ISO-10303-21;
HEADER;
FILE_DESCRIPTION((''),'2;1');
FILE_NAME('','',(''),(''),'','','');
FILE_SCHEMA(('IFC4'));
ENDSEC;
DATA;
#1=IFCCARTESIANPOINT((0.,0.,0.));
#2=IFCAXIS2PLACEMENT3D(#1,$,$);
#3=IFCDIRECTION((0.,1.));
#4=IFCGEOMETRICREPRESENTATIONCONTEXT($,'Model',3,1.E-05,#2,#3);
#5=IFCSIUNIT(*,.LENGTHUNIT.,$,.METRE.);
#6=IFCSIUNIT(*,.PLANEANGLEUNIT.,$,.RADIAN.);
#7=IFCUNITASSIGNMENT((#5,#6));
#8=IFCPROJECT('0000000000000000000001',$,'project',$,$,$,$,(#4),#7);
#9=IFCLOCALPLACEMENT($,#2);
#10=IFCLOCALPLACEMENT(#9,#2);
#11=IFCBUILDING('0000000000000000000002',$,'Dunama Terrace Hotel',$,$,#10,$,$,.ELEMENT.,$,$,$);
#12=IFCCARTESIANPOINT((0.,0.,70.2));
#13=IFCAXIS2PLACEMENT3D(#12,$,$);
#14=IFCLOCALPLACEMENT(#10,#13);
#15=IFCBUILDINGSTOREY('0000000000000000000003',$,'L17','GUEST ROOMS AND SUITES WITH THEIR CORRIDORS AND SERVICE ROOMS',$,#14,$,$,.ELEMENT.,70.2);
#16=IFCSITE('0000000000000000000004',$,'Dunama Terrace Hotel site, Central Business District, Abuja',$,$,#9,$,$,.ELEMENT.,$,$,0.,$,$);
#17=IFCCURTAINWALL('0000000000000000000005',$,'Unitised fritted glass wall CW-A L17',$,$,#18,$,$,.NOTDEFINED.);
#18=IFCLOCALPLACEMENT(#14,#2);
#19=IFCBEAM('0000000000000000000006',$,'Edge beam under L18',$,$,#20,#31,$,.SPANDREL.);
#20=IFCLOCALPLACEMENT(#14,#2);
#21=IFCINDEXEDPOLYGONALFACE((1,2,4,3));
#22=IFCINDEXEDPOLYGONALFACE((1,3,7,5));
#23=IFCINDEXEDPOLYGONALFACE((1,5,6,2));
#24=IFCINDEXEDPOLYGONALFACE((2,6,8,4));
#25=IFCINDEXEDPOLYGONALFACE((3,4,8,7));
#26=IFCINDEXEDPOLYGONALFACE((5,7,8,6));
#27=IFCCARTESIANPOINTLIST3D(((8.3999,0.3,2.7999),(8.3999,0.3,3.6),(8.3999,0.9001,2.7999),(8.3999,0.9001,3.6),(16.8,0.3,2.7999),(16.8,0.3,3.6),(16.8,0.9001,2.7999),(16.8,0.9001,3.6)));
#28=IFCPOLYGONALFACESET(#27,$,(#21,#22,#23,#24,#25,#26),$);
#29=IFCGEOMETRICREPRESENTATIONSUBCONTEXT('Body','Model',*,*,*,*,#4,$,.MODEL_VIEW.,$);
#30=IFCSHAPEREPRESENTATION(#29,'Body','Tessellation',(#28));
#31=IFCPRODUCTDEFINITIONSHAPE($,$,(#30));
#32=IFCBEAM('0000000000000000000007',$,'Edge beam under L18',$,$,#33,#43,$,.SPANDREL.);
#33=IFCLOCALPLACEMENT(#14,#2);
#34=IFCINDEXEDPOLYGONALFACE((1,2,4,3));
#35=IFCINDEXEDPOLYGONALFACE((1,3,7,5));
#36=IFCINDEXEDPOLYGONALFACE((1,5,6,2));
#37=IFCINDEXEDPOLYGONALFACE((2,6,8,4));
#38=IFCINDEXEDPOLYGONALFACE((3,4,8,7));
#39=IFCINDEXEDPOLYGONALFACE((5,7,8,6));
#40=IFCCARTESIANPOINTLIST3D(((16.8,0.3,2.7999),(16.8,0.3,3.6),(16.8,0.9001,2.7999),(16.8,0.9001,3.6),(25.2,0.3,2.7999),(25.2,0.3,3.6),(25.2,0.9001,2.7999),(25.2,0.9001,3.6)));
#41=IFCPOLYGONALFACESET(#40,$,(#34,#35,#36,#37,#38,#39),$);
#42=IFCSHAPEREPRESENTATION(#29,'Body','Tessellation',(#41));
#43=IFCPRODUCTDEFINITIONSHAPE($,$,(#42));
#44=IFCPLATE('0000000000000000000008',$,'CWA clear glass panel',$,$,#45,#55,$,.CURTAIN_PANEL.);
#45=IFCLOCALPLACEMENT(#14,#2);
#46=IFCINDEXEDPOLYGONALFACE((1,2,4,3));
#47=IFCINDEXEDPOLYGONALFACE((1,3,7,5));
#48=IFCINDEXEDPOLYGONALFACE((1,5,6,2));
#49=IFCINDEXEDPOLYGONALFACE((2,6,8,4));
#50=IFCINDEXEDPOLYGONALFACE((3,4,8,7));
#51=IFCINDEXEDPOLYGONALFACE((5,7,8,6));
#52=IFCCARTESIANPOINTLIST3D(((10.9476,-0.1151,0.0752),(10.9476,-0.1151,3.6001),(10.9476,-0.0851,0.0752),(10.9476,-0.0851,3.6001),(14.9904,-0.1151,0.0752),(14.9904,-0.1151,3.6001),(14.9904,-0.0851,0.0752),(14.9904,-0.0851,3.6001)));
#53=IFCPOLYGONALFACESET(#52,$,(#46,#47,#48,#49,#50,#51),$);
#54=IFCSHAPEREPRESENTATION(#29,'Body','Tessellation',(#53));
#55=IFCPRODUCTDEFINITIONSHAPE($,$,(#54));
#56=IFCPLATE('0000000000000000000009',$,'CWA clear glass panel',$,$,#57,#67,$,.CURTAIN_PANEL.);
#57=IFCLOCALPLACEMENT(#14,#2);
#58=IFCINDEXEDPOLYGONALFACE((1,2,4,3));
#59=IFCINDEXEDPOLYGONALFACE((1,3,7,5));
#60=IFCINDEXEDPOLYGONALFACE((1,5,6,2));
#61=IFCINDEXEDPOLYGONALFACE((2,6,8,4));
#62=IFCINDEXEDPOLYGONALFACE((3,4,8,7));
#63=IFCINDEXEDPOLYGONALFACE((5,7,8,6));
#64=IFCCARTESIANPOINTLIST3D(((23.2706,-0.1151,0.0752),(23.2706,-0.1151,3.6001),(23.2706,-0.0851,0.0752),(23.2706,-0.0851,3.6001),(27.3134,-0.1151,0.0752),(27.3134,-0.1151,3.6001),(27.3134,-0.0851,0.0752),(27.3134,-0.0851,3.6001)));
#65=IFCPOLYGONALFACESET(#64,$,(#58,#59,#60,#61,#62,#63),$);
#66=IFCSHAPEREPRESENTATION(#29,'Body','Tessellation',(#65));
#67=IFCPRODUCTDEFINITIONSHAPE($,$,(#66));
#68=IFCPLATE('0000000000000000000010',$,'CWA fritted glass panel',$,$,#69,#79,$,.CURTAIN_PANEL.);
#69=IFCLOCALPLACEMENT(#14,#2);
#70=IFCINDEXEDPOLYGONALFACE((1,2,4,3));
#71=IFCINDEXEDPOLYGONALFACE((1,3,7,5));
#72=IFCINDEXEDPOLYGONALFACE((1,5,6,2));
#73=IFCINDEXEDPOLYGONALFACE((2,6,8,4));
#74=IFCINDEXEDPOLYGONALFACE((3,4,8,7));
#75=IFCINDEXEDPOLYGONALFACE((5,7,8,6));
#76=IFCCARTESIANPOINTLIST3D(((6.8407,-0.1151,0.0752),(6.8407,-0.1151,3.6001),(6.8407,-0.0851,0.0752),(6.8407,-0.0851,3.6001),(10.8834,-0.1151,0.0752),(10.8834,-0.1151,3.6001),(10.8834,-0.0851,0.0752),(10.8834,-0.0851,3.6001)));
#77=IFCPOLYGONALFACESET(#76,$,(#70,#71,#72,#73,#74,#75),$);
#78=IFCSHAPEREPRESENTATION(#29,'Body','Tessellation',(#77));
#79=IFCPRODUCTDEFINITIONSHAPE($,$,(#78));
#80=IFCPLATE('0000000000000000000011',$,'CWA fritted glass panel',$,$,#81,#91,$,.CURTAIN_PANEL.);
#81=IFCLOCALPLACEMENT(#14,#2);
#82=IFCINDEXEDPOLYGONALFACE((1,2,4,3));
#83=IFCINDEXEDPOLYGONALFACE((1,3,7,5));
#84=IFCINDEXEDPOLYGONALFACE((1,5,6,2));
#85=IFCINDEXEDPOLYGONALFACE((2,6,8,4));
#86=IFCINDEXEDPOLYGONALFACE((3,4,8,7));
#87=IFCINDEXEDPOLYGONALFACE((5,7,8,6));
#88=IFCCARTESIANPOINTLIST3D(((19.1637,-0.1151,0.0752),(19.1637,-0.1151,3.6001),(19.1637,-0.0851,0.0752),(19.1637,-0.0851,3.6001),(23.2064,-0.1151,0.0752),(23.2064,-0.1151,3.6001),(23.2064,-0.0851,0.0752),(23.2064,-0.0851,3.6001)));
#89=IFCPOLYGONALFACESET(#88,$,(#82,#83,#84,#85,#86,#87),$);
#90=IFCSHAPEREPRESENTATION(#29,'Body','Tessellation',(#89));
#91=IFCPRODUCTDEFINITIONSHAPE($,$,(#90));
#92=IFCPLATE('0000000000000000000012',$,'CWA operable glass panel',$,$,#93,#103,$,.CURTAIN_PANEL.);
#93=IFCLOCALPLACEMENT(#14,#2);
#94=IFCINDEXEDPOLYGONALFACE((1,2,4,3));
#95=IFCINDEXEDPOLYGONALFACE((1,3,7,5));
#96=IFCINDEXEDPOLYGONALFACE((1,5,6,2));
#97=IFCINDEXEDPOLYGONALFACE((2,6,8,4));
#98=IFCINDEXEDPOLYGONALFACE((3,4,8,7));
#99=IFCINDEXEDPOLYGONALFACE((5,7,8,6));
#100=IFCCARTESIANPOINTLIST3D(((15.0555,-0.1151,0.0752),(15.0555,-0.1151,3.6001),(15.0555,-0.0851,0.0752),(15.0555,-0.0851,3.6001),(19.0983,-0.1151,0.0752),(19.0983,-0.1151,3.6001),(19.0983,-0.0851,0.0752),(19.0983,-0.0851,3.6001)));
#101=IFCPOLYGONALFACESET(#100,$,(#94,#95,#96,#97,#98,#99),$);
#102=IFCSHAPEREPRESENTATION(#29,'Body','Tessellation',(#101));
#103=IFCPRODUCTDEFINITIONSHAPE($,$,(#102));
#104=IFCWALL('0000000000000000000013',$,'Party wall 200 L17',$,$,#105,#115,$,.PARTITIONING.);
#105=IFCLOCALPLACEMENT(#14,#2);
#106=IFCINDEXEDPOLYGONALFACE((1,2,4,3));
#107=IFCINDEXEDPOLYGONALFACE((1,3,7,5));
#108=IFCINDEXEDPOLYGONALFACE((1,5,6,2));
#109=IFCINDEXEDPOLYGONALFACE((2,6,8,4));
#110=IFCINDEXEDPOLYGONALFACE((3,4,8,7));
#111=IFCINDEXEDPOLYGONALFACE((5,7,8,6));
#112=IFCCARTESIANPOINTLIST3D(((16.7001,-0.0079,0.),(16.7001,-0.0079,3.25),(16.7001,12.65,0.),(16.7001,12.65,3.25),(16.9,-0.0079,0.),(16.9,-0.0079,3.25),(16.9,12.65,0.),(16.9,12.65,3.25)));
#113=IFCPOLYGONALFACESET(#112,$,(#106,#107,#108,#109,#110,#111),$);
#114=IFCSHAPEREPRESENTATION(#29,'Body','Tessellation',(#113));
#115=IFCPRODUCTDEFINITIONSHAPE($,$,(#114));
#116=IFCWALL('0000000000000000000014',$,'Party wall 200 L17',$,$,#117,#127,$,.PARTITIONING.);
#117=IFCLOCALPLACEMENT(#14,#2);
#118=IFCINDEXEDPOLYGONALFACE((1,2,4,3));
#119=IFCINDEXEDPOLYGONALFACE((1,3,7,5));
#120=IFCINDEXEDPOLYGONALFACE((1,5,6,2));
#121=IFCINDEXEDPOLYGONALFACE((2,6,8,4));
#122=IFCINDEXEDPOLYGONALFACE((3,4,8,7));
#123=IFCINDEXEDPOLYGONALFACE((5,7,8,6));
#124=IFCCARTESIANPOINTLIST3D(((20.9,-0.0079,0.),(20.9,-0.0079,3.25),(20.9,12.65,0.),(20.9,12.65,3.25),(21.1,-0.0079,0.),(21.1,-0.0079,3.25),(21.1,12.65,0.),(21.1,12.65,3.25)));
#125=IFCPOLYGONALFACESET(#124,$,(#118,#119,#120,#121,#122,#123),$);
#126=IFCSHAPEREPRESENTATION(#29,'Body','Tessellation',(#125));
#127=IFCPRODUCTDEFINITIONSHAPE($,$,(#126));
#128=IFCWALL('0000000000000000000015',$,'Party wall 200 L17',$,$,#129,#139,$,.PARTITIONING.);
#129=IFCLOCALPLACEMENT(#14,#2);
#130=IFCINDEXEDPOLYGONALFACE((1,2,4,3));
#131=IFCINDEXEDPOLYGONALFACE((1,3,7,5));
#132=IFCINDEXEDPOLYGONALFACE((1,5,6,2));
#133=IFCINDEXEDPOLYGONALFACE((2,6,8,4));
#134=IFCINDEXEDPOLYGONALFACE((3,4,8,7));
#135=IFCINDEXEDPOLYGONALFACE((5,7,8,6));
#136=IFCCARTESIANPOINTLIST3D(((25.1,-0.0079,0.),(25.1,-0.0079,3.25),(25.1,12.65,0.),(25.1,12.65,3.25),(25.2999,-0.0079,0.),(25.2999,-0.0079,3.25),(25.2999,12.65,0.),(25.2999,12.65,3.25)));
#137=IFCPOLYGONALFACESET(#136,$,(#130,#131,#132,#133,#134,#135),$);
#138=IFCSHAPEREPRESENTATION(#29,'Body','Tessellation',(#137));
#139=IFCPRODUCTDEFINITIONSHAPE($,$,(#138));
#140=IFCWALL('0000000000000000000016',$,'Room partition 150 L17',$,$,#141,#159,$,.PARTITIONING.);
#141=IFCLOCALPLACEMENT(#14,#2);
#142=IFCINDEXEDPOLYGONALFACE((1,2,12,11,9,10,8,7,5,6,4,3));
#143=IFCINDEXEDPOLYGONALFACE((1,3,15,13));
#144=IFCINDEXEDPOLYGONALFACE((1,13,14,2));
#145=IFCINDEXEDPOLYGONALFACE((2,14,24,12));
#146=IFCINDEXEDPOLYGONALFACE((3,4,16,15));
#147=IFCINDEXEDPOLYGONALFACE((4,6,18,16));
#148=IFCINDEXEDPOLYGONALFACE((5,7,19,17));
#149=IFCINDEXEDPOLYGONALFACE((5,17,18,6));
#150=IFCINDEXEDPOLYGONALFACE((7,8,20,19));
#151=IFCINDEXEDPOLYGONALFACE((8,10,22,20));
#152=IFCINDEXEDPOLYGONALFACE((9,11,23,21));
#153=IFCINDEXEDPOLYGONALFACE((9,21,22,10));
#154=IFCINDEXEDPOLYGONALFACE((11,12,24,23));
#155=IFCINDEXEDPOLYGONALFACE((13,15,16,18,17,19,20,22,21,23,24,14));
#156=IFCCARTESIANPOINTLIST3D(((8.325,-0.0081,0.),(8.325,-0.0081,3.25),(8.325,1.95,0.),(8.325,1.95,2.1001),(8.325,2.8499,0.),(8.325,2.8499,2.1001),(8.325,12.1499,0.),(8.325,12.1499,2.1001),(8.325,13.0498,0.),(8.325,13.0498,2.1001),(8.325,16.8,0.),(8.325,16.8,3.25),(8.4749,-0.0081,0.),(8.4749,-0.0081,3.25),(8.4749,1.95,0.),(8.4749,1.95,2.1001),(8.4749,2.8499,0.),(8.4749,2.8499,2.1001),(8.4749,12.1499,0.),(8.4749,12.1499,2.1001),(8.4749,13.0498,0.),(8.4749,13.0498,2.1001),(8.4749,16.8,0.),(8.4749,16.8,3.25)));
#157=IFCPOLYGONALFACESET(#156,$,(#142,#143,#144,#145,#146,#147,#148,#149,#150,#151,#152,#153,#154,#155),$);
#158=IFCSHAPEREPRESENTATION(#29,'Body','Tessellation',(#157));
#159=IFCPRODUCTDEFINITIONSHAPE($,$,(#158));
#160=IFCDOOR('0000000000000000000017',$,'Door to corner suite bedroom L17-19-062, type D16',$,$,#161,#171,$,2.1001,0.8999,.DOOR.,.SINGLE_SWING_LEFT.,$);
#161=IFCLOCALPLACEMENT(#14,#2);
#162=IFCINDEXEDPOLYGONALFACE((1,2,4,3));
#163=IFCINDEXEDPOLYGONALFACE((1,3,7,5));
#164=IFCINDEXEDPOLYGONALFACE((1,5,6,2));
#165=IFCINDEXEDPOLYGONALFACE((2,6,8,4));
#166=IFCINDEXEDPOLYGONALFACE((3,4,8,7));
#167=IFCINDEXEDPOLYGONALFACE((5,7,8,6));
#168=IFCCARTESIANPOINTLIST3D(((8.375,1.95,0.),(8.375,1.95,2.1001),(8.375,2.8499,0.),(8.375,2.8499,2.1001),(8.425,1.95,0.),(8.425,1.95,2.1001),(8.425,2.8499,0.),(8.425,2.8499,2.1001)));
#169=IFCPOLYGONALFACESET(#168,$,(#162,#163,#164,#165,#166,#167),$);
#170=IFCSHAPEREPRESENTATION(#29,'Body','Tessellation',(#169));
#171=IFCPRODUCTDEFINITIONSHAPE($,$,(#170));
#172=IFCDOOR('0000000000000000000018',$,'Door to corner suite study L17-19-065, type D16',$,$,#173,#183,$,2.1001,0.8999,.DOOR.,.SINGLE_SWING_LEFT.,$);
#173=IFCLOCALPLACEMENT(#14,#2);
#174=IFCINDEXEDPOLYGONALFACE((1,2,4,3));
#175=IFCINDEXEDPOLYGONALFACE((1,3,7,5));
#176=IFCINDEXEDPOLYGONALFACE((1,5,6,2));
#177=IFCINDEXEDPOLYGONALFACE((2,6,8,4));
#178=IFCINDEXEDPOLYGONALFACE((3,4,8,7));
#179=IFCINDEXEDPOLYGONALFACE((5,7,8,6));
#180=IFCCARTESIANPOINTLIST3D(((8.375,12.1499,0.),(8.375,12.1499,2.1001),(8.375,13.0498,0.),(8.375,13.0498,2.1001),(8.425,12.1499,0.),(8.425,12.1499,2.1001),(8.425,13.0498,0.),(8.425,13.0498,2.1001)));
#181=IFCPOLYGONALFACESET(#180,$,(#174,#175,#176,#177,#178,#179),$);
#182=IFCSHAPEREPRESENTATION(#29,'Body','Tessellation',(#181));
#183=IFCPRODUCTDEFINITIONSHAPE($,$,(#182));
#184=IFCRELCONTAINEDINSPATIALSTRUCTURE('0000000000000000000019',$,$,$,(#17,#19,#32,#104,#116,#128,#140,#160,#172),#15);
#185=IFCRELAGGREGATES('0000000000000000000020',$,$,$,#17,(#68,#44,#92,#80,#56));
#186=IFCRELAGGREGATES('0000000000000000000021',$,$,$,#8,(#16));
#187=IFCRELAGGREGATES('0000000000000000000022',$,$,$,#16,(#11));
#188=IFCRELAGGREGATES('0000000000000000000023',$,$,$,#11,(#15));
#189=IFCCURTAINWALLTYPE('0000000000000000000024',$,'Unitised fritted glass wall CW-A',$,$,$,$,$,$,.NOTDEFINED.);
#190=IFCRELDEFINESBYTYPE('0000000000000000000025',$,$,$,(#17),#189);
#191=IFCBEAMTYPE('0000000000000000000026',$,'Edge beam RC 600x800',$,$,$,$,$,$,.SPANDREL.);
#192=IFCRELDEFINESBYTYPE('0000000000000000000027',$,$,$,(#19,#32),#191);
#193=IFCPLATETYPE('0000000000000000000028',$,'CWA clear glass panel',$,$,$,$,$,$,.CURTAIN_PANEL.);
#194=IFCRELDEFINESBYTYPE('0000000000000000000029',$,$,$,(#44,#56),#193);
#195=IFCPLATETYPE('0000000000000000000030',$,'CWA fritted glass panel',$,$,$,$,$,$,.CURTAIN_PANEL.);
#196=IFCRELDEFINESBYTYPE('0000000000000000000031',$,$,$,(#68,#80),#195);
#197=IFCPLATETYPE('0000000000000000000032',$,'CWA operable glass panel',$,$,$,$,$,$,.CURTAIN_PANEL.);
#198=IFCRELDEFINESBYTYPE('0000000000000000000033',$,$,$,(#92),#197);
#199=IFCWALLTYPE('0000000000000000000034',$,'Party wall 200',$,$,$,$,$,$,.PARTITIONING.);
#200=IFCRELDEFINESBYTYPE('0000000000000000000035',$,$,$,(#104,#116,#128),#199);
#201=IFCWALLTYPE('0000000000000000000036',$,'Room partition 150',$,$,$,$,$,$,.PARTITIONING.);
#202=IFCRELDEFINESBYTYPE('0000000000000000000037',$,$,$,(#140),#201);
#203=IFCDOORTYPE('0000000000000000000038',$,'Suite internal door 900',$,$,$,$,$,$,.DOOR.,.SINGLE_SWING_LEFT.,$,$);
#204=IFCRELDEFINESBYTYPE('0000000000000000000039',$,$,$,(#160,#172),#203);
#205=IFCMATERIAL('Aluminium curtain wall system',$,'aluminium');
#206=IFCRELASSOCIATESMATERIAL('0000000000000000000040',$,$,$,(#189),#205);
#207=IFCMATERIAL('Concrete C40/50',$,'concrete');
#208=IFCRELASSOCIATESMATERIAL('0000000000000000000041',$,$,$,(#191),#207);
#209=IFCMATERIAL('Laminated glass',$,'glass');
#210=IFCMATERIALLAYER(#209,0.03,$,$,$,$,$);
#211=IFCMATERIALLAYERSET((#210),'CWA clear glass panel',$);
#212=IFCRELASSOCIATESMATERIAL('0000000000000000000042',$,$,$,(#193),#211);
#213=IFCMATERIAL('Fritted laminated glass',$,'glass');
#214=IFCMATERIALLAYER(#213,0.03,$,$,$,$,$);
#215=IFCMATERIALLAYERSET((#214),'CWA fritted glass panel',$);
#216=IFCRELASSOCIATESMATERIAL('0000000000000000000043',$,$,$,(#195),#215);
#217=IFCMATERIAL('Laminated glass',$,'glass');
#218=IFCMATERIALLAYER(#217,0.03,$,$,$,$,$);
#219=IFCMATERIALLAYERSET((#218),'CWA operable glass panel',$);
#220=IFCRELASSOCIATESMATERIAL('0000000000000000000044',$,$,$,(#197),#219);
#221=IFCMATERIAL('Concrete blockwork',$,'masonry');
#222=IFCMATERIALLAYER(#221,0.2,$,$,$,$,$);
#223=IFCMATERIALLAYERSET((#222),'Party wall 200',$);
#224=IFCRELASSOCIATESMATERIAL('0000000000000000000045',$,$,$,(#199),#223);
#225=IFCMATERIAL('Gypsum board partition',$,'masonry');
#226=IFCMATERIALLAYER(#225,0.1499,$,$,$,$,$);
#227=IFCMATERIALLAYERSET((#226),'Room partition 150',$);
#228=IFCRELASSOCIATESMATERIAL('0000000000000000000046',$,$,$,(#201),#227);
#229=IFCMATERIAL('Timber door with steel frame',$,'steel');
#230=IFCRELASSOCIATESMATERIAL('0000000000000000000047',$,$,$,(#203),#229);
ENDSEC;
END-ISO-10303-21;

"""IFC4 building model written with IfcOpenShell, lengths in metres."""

from ifc_helpers import new_model, si_unit, direction, frame, frame_2d, origin, origin_2d, place, context, subcontext, project, spatial, rectangle, extrude, material, layer, layer_set, material_profile, profile_set, type_object, element, fill, aggregate, save


model = new_model("IFC4")

# Units and contexts
model_context = context("Model", 3, precision=1e-05, world=origin(), true_north=direction((0.0, 1.0)))
body_context = subcontext(model_context, "Body", "Model", "MODEL_VIEW")
ifc_project = project(units=[si_unit("LENGTHUNIT", "METRE"), si_unit("PLANEANGLEUNIT", "RADIAN")], contexts=[model_context])

# Site, building, storey
site_placement = place(None, origin())
site = spatial("IfcSite", under=ifc_project, at=site_placement, Name="Dunama Terrace Hotel site, Central Business District, Abuja", CompositionType="ELEMENT", RefElevation=0.0)
building_placement = place(site_placement, origin())
building = spatial("IfcBuilding", under=site, at=building_placement, Name="Dunama Terrace Hotel", CompositionType="ELEMENT")
storey_placement = place(building_placement, frame((0.0, 0.0, 70.2)))
storey = spatial("IfcBuildingStorey", under=building, at=storey_placement, Name="L17", Description="GUEST ROOMS AND SUITES WITH THEIR CORRIDORS AND SERVICE ROOMS", CompositionType="ELEMENT", Elevation=70.2)

# Curtain wall
ifc_material_1 = material(Name="Aluminium curtain wall system", Category="aluminium")
curtain_wall_type = type_object("IfcCurtainWallType", Name="Unitised fritted glass wall CW-A", PredefinedType="NOTDEFINED", material=ifc_material_1)
curtain_wall_placement = place(storey_placement, origin())
curtain_wall = element("IfcCurtainWall", 1, at=curtain_wall_placement, inside=storey, type_object=curtain_wall_type, Name="Unitised fritted glass wall CW-A L17", PredefinedType="NOTDEFINED")

# Beams
ifc_material_2 = material(Name="Concrete C40/50", Category="concrete")
ifc_material_profile_1 = material_profile(ifc_material_2, rectangle(XDim=0.6001, YDim=0.8, at=origin_2d()), Name="RC 600x800")
ifc_profile_set_1 = profile_set([ifc_material_profile_1], Name="Concrete C40/50")
beam_type_1 = type_object("IfcBeamType", Name="Edge beam RC 600x800", PredefinedType="SPANDREL", material=ifc_profile_set_1)
beam_1_placement = place(storey_placement, frame((8.3999, 0.6001, 3.2), z_axis=(1.0, 0.0, 0.0), x_axis=(0.0, 1.0, 0.0)))
element("IfcBeam", 2, at=beam_1_placement, inside=storey, type_object=beam_type_1, Name="Edge beam under L18", PredefinedType="SPANDREL", context=body_context, shape_type="SweptSolid", body=[
    extrude(rectangle(XDim=0.6001, YDim=0.8, at=origin_2d()), origin(), (0.0, 0.0, 1.0), 8.4001),
])
beam_2_placement = place(storey_placement, frame((16.8, 0.6001, 3.2), z_axis=(1.0, 0.0, 0.0), x_axis=(0.0, 1.0, 0.0)))
element("IfcBeam", 3, at=beam_2_placement, inside=storey, type_object=beam_type_1, Name="Edge beam under L18", PredefinedType="SPANDREL", context=body_context, shape_type="SweptSolid", body=[
    extrude(rectangle(XDim=0.6001, YDim=0.8, at=origin_2d()), origin(), (0.0, 0.0, 1.0), 8.3999),
])

# Plates
ifc_material_3 = material(Name="Laminated glass", Category="glass")
ifc_layer_1 = layer(ifc_material_3, 0.03)
ifc_layer_set_1 = layer_set([ifc_layer_1], Name="CWA clear glass panel")
plate_type_1 = type_object("IfcPlateType", Name="CWA clear glass panel", PredefinedType="CURTAIN_PANEL", material=ifc_layer_set_1)
plate_1_placement = place(storey_placement, frame((12.969, -0.1001, 0.0752), z_axis=(0.0, 0.0, 1.0), x_axis=(1.0, 0.0, 0.0)))
plate_1 = element("IfcPlate", 4, at=plate_1_placement, type_object=plate_type_1, Name="CWA clear glass panel", PredefinedType="CURTAIN_PANEL", context=body_context, shape_type="SweptSolid", body=[
    extrude(rectangle(XDim=4.0427, YDim=0.03, at=origin_2d()), origin(), (0.0, 0.0, 1.0), 3.5249),
])
plate_2_placement = place(storey_placement, frame((25.292, -0.1001, 0.0752), z_axis=(0.0, 0.0, 1.0), x_axis=(1.0, 0.0, 0.0)))
plate_2 = element("IfcPlate", 5, at=plate_2_placement, type_object=plate_type_1, Name="CWA clear glass panel", PredefinedType="CURTAIN_PANEL", context=body_context, shape_type="SweptSolid", body=[
    extrude(rectangle(XDim=4.0427, YDim=0.03, at=origin_2d()), origin(), (0.0, 0.0, 1.0), 3.5249),
])
ifc_material_4 = material(Name="Fritted laminated glass", Category="glass")
ifc_layer_2 = layer(ifc_material_4, 0.03)
ifc_layer_set_2 = layer_set([ifc_layer_2], Name="CWA fritted glass panel")
plate_type_2 = type_object("IfcPlateType", Name="CWA fritted glass panel", PredefinedType="CURTAIN_PANEL", material=ifc_layer_set_2)
plate_3_placement = place(storey_placement, frame((8.8621, -0.1001, 0.0752), z_axis=(0.0, 0.0, 1.0), x_axis=(1.0, 0.0, 0.0)))
plate_3 = element("IfcPlate", 6, at=plate_3_placement, type_object=plate_type_2, Name="CWA fritted glass panel", PredefinedType="CURTAIN_PANEL", context=body_context, shape_type="SweptSolid", body=[
    extrude(rectangle(XDim=4.0427, YDim=0.03, at=origin_2d()), origin(), (0.0, 0.0, 1.0), 3.5249),
])
plate_4_placement = place(storey_placement, frame((21.1851, -0.1001, 0.0752), z_axis=(0.0, 0.0, 1.0), x_axis=(1.0, 0.0, 0.0)))
plate_4 = element("IfcPlate", 7, at=plate_4_placement, type_object=plate_type_2, Name="CWA fritted glass panel", PredefinedType="CURTAIN_PANEL", context=body_context, shape_type="SweptSolid", body=[
    extrude(rectangle(XDim=4.0427, YDim=0.03, at=origin_2d()), origin(), (0.0, 0.0, 1.0), 3.5249),
])
ifc_material_5 = material(Name="Laminated glass", Category="glass")
ifc_layer_3 = layer(ifc_material_5, 0.03)
ifc_layer_set_3 = layer_set([ifc_layer_3], Name="CWA operable glass panel")
plate_type_3 = type_object("IfcPlateType", Name="CWA operable glass panel", PredefinedType="CURTAIN_PANEL", material=ifc_layer_set_3)
plate_5_placement = place(storey_placement, frame((17.0769, -0.1001, 0.0752), z_axis=(0.0, 0.0, 1.0), x_axis=(1.0, 0.0, 0.0)))
plate_5 = element("IfcPlate", 8, at=plate_5_placement, type_object=plate_type_3, Name="CWA operable glass panel", PredefinedType="CURTAIN_PANEL", context=body_context, shape_type="SweptSolid", body=[
    extrude(rectangle(XDim=4.0427, YDim=0.03, at=origin_2d()), origin(), (0.0, 0.0, 1.0), 3.5249),
])
aggregate(curtain_wall, [plate_3, plate_1, plate_5, plate_4, plate_2])

# Walls
ifc_material_6 = material(Name="Concrete blockwork", Category="masonry")
ifc_layer_4 = layer(ifc_material_6, 0.2)
ifc_layer_set_4 = layer_set([ifc_layer_4], Name="Party wall 200")
wall_type_1 = type_object("IfcWallType", Name="Party wall 200", PredefinedType="PARTITIONING", material=ifc_layer_set_4)
for number, where, z_axis, x_axis, name in (
    (9, (16.8, -0.0081, 0.0), (0.0, 0.0, 1.0), (0.0, 1.0, 0.0), "Party wall 200 L17"),
    (10, (21.0, -0.0081, 0.0), (0.0, 0.0, 1.0), (0.0, 1.0, 0.0), "Party wall 200 L17"),
    (11, (25.2, -0.0081, 0.0), (0.0, 0.0, 1.0), (0.0, 1.0, 0.0), "Party wall 200 L17"),
):
    element("IfcWall", number, at=place(storey_placement, frame(where, z_axis=z_axis, x_axis=x_axis)), inside=storey, type_object=wall_type_1, Name=name, PredefinedType="PARTITIONING", context=body_context, shape_type="SweptSolid", body=[
        extrude(rectangle(XDim=12.658, YDim=0.2, at=frame_2d((6.3291, 0.0))), origin(), (0.0, 0.0, 1.0), 3.25),
    ])

# Wall, openings, doors
ifc_material_7 = material(Name="Gypsum board partition", Category="masonry")
ifc_layer_5 = layer(ifc_material_7, 0.1499)
ifc_layer_set_5 = layer_set([ifc_layer_5], Name="Room partition 150")
wall_type_2 = type_object("IfcWallType", Name="Room partition 150", PredefinedType="PARTITIONING", material=ifc_layer_set_5)
wall_placement = place(storey_placement, frame((8.3999, -0.0081, 0.0), z_axis=(0.0, 0.0, 1.0), x_axis=(0.0, 1.0, 0.0)))
wall = element("IfcWall", 12, at=wall_placement, inside=storey, type_object=wall_type_2, Name="Room partition 150 L17", PredefinedType="PARTITIONING", context=body_context, shape_type="SweptSolid", body=[
    extrude(rectangle(XDim=16.8081, YDim=0.1499, at=frame_2d((8.4041, 0.0))), origin(), (0.0, 0.0, 1.0), 3.25),
])
opening_1_placement = place(wall_placement, frame((1.958, 0.0, 0.0)))
opening_1 = element("IfcOpeningElement", 13, at=opening_1_placement, cuts=wall, PredefinedType="OPENING", context=body_context, shape_type="SweptSolid", body=[
    extrude(rectangle(XDim=0.8999, YDim=2.1001, at=frame_2d((0.45, 1.05))), frame((0.0, 0.085, 0.0), z_axis=(0.0, -1.0, 0.0), x_axis=(1.0, 0.0, 0.0)), (0.0, 0.0, 1.0), 0.1699),
])
opening_2_placement = place(wall_placement, frame((12.158, 0.0, 0.0)))
opening_2 = element("IfcOpeningElement", 14, at=opening_2_placement, cuts=wall, PredefinedType="OPENING", context=body_context, shape_type="SweptSolid", body=[
    extrude(rectangle(XDim=0.8999, YDim=2.1001, at=frame_2d((0.45, 1.05))), frame((0.0, 0.085, 0.0), z_axis=(0.0, -1.0, 0.0), x_axis=(1.0, 0.0, 0.0)), (0.0, 0.0, 1.0), 0.1699),
])
ifc_material_8 = material(Name="Timber door with steel frame", Category="steel")
door_type = type_object("IfcDoorType", Name="Suite internal door 900", OperationType="SINGLE_SWING_LEFT", PredefinedType="DOOR", material=ifc_material_8)
door_1_placement = place(opening_1_placement, origin())
door_1 = element("IfcDoor", 15, at=door_1_placement, inside=storey, type_object=door_type, Name="Door to corner suite bedroom L17-19-062, type D16", OperationType="SINGLE_SWING_LEFT", OverallHeight=2.1001, OverallWidth=0.8999, PredefinedType="DOOR", context=body_context, shape_type="SweptSolid", body=[
    extrude(rectangle(XDim=0.8999, YDim=2.1001, at=frame_2d((0.45, 1.05))), frame((0.0, 0.0249, 0.0), z_axis=(0.0, -1.0, 0.0), x_axis=(1.0, 0.0, 0.0)), (0.0, 0.0, 1.0), 0.05),
])
fill(opening_1, door_1)
door_2_placement = place(opening_2_placement, origin())
door_2 = element("IfcDoor", 16, at=door_2_placement, inside=storey, type_object=door_type, Name="Door to corner suite study L17-19-065, type D16", OperationType="SINGLE_SWING_LEFT", OverallHeight=2.1001, OverallWidth=0.8999, PredefinedType="DOOR", context=body_context, shape_type="SweptSolid", body=[
    extrude(rectangle(XDim=0.8999, YDim=2.1001, at=frame_2d((0.45, 1.05))), frame((0.0, 0.0249, 0.0), z_axis=(0.0, -1.0, 0.0), x_axis=(1.0, 0.0, 0.0)), (0.0, 0.0, 1.0), 0.05),
])
fill(opening_2, door_2)

save(model, "model.ifc")
